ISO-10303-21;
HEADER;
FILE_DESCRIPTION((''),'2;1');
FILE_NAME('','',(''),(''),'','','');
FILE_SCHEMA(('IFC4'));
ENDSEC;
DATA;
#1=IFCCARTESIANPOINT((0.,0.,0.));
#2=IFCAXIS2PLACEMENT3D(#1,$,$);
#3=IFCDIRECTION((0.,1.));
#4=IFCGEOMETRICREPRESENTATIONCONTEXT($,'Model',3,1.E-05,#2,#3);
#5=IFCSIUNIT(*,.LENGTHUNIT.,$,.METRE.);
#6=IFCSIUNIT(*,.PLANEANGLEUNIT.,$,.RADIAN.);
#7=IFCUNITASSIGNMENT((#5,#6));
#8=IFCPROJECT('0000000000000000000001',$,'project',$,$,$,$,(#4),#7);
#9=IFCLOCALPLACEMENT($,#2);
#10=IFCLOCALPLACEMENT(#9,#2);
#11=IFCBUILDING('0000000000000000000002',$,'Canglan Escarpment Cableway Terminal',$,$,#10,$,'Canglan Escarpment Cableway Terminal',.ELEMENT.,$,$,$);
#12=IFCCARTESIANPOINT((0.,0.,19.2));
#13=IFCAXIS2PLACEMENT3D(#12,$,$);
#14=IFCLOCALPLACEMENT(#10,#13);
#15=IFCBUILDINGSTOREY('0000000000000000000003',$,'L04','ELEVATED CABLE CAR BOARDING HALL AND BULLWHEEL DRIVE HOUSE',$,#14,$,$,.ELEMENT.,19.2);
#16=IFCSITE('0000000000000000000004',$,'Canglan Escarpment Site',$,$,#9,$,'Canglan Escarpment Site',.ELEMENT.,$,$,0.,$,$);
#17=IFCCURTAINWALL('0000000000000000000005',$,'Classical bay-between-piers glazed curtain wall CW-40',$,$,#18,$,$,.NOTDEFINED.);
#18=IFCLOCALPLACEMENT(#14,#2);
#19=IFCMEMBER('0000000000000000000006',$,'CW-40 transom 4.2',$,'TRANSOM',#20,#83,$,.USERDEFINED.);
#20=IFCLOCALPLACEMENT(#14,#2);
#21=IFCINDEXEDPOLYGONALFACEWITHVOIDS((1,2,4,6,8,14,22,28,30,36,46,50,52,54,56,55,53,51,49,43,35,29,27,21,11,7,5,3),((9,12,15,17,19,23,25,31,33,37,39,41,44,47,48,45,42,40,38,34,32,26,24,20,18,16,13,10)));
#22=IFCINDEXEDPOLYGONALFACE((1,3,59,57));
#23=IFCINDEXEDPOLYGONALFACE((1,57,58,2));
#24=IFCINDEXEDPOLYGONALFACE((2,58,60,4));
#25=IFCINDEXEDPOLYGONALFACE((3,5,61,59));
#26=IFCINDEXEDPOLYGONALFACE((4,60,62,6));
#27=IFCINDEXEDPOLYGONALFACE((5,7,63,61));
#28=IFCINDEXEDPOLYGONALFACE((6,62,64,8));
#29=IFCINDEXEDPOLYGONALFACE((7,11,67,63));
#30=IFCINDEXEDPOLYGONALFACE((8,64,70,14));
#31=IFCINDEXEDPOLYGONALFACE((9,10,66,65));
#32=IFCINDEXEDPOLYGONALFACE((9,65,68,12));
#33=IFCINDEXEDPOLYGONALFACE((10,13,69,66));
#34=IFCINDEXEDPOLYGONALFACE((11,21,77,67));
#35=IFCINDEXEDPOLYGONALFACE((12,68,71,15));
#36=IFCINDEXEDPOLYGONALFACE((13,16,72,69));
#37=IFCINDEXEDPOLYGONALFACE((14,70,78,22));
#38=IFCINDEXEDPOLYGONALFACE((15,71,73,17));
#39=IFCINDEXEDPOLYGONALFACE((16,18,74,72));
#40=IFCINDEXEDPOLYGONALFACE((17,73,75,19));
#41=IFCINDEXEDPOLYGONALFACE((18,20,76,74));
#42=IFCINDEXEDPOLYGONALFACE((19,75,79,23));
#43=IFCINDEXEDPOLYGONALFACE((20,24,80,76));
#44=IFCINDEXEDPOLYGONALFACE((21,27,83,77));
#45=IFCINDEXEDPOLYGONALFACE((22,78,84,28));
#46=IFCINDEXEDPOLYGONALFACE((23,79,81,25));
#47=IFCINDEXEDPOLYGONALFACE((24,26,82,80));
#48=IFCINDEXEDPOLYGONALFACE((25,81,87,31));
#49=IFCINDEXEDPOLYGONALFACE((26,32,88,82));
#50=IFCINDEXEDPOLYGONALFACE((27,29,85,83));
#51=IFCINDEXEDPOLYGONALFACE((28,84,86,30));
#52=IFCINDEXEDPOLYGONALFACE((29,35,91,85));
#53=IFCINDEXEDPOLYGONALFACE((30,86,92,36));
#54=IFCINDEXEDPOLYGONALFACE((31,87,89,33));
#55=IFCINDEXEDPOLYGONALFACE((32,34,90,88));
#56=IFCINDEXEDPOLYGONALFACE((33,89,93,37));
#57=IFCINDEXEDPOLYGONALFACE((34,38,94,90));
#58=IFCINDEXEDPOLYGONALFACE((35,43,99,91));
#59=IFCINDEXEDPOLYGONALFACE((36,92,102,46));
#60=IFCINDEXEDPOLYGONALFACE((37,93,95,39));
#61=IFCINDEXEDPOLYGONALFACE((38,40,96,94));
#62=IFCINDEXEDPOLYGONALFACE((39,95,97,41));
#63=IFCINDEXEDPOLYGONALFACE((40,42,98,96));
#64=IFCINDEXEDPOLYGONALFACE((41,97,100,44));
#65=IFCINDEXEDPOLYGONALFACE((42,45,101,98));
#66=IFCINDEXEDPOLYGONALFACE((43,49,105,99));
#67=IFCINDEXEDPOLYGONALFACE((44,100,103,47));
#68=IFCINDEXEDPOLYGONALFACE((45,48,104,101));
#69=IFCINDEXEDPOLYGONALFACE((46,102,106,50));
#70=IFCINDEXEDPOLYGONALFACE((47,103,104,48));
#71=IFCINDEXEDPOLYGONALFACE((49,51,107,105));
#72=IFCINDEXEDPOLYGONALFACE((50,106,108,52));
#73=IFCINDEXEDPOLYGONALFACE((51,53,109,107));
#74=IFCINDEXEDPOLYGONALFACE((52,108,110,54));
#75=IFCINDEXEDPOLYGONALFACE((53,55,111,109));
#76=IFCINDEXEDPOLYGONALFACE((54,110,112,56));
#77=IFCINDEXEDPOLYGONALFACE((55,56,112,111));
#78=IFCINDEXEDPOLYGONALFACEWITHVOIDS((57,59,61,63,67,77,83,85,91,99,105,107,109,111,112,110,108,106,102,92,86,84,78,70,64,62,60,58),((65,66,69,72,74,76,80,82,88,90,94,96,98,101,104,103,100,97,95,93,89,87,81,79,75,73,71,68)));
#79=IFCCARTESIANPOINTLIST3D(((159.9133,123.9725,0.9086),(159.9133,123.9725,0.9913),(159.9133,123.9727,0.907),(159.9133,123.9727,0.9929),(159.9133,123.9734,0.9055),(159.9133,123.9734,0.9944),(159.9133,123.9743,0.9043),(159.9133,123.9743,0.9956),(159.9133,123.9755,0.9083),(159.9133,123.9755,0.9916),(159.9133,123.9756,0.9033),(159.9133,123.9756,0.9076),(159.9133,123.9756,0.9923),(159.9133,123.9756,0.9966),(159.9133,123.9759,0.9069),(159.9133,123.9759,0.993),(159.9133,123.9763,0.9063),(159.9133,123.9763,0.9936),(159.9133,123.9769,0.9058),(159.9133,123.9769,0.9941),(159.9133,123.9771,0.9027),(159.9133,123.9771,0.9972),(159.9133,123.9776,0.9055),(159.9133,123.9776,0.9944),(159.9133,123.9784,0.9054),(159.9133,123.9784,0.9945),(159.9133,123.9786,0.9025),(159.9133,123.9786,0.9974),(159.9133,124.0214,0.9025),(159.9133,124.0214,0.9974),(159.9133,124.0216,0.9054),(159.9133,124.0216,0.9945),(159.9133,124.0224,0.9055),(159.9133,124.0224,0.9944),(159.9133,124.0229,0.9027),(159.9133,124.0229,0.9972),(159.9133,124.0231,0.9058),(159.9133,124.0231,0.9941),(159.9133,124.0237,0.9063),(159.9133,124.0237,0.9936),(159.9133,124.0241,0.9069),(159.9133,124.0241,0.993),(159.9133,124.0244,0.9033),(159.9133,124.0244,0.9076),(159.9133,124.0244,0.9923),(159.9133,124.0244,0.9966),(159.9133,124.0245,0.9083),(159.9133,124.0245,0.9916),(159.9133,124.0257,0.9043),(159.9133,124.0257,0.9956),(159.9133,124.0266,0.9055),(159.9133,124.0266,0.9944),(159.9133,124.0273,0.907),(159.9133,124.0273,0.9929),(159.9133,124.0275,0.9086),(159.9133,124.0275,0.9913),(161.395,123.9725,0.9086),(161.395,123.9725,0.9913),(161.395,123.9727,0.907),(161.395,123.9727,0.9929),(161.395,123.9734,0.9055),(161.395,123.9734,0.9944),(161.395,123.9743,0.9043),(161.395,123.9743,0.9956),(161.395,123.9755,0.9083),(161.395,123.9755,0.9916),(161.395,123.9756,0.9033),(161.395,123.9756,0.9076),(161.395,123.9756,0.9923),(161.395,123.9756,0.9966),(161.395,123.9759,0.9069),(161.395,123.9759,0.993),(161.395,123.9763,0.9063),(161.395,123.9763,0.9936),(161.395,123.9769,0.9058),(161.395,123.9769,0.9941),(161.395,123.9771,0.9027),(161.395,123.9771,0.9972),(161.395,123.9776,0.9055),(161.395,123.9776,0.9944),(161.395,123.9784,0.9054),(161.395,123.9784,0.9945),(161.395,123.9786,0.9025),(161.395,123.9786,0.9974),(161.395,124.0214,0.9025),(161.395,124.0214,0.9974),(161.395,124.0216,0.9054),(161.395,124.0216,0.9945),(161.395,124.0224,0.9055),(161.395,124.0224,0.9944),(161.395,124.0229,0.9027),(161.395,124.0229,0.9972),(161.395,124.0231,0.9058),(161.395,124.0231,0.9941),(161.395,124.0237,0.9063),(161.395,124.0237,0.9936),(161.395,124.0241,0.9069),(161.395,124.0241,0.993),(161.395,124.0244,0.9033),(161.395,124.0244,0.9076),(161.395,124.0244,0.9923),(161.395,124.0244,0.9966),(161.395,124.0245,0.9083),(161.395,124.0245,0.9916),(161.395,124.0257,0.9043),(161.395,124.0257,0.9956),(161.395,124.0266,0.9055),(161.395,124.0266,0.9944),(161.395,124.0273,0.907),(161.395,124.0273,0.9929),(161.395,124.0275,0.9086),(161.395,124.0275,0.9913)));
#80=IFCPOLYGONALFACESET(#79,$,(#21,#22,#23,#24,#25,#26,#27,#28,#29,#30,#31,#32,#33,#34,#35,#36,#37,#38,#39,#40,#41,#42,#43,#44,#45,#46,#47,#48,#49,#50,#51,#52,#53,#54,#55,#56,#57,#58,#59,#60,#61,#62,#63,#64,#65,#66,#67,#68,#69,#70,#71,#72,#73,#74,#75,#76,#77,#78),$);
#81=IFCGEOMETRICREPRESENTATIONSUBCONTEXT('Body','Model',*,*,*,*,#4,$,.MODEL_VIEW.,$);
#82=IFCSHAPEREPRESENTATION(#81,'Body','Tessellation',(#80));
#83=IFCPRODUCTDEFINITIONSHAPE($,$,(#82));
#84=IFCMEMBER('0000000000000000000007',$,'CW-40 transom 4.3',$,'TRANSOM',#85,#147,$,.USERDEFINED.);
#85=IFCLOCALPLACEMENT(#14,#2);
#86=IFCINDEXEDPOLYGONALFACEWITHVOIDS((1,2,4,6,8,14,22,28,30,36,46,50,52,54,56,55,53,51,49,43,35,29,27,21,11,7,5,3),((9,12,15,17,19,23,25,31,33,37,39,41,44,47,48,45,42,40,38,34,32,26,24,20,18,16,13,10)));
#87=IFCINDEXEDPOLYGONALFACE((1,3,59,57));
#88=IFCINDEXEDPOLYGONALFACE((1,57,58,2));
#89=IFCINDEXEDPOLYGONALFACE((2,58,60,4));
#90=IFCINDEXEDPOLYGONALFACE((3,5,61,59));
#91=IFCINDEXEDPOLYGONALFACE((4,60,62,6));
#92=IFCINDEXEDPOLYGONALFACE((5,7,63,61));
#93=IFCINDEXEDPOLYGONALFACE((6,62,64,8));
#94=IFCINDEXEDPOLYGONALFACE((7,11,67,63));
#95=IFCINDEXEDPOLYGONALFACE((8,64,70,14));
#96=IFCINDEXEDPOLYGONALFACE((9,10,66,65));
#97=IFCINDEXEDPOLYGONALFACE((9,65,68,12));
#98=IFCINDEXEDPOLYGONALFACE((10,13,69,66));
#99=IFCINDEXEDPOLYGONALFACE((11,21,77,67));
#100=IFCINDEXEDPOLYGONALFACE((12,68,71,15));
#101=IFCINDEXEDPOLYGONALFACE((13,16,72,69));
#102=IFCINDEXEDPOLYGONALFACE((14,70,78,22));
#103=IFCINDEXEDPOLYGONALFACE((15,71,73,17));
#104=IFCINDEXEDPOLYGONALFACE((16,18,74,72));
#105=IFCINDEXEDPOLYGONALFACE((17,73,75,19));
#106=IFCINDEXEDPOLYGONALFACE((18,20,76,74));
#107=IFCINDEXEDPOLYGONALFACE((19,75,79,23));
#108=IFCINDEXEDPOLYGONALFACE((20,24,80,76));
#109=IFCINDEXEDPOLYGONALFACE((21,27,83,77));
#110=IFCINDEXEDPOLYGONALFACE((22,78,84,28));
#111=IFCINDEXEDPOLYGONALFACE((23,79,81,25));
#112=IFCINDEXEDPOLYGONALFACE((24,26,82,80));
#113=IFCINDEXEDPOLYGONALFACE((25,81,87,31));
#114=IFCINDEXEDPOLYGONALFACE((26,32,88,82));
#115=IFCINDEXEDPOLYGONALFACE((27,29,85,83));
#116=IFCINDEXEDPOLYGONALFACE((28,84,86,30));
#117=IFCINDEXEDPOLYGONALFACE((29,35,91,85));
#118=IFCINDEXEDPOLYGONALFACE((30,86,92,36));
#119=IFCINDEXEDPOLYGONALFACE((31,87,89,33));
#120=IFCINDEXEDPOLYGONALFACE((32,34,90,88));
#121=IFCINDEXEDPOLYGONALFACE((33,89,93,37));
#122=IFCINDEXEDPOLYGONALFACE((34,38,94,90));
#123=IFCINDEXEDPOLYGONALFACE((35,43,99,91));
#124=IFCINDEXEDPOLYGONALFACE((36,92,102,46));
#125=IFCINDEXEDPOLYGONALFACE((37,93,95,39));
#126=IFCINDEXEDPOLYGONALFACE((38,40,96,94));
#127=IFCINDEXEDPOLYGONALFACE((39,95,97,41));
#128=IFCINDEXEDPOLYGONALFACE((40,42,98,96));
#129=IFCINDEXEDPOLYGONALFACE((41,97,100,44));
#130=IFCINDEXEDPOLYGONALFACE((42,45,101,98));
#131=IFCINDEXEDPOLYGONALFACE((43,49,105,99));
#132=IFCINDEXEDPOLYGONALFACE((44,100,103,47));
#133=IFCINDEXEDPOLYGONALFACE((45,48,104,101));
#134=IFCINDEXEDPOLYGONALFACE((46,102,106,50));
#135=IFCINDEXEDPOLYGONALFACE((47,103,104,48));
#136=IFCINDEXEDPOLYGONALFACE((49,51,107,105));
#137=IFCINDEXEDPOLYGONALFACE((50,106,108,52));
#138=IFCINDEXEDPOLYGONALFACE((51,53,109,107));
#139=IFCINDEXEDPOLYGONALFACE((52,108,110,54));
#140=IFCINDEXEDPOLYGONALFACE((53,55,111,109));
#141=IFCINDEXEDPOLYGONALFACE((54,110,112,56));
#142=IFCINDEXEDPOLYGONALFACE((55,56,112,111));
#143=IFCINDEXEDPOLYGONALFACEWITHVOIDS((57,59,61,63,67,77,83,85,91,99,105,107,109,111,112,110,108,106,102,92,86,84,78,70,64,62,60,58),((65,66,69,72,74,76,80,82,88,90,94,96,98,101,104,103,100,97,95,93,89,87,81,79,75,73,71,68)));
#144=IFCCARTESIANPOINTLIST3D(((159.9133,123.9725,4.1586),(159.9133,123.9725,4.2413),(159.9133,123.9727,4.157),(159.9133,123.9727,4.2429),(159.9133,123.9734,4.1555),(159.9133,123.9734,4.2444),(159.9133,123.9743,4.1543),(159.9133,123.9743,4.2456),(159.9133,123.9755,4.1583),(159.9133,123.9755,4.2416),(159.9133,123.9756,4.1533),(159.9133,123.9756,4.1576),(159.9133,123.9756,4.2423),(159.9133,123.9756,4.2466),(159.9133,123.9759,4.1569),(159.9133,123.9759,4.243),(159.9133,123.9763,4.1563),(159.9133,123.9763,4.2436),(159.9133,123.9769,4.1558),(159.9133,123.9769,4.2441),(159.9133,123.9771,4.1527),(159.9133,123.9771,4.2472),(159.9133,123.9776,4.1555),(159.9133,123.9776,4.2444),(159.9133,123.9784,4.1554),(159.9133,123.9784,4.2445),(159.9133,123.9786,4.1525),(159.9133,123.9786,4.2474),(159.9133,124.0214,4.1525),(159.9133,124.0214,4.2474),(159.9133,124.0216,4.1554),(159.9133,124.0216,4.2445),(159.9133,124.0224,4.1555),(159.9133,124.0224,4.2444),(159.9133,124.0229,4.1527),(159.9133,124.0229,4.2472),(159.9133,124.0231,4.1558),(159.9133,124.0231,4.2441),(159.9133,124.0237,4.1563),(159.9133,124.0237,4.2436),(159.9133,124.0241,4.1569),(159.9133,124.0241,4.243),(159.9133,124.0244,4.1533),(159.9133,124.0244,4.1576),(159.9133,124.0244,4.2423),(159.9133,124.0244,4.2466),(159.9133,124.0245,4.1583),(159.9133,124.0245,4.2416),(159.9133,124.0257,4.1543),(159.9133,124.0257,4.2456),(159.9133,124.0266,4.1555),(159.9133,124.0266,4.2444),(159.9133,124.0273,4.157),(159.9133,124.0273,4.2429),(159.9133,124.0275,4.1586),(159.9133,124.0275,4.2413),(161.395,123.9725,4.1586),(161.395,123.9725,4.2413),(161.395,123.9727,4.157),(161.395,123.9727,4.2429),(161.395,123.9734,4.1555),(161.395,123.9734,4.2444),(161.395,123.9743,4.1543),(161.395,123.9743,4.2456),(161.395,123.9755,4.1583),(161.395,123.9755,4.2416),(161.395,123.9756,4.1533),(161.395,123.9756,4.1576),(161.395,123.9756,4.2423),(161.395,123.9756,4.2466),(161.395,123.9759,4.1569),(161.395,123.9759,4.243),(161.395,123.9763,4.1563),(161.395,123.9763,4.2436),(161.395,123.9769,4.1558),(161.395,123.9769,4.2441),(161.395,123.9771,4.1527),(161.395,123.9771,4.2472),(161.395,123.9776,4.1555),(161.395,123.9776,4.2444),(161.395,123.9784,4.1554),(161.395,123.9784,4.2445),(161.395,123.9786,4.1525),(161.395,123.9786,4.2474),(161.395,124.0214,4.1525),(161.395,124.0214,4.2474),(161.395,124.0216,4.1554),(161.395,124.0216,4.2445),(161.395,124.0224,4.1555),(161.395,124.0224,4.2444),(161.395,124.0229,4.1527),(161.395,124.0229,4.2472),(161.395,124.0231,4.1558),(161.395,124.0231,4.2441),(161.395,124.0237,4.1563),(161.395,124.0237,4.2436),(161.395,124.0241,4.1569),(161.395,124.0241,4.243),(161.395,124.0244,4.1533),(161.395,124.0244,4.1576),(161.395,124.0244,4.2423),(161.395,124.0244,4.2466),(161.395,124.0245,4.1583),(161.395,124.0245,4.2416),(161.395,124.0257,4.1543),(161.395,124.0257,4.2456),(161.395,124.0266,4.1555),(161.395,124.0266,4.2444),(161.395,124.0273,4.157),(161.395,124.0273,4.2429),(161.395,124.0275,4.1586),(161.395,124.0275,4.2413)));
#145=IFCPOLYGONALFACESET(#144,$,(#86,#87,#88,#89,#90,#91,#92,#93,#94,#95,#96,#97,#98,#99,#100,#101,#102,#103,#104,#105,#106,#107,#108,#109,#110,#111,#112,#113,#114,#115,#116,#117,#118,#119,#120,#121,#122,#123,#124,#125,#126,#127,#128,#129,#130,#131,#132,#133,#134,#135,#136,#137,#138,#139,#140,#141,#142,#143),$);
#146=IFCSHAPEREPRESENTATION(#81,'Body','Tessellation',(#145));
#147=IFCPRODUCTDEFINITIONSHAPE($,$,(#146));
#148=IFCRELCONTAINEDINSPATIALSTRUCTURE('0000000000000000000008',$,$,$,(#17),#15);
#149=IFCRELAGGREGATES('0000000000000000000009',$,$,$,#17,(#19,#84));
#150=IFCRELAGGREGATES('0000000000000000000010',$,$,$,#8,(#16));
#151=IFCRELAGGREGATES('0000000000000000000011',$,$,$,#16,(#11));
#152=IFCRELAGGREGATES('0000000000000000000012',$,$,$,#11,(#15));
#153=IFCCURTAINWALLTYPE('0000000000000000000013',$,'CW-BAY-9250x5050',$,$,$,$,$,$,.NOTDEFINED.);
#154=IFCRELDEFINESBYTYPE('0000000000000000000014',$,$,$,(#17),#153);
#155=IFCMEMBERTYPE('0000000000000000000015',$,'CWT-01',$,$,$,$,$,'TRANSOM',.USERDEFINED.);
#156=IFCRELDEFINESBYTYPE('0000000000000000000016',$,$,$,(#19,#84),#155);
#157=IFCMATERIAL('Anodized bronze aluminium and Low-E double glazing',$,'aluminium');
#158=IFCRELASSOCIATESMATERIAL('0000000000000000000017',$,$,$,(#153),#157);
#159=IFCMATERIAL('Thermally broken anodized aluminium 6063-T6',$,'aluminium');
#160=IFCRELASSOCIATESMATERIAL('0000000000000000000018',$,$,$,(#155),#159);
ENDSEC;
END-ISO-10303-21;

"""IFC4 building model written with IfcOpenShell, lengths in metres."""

from ifc_helpers import new_model, si_unit, direction, frame, origin, origin_2d, place, context, subcontext, project, spatial, hollow_rectangle, extrude, material, material_profile, profile_set, type_object, element, aggregate, save


model = new_model("IFC4")

# Units and contexts
model_context = context("Model", 3, precision=1e-05, world=origin(), true_north=direction((0.0, 1.0)))
body_context = subcontext(model_context, "Body", "Model", "MODEL_VIEW")
ifc_project = project(units=[si_unit("LENGTHUNIT", "METRE"), si_unit("PLANEANGLEUNIT", "RADIAN")], contexts=[model_context])

# Site, building, storey
site_placement = place(None, origin())
site = spatial("IfcSite", under=ifc_project, at=site_placement, Name="Canglan Escarpment Site", LongName="Canglan Escarpment Site", CompositionType="ELEMENT", RefElevation=0.0)
building_placement = place(site_placement, origin())
building = spatial("IfcBuilding", under=site, at=building_placement, Name="Canglan Escarpment Cableway Terminal", LongName="Canglan Escarpment Cableway Terminal", CompositionType="ELEMENT")
storey_placement = place(building_placement, frame((0.0, 0.0, 19.2)))
storey = spatial("IfcBuildingStorey", under=building, at=storey_placement, Name="L04", Description="ELEVATED CABLE CAR BOARDING HALL AND BULLWHEEL DRIVE HOUSE", CompositionType="ELEMENT", Elevation=19.2)

# Curtain wall
ifc_material_1 = material(Name="Anodized bronze aluminium and Low-E double glazing", Category="aluminium")
curtain_wall_type = type_object("IfcCurtainWallType", Name="CW-BAY-9250x5050", PredefinedType="NOTDEFINED", material=ifc_material_1)
curtain_wall_1_placement = place(storey_placement, origin())
curtain_wall_1 = element("IfcCurtainWall", 1, at=curtain_wall_1_placement, inside=storey, type_object=curtain_wall_type, Name="Classical bay-between-piers glazed curtain wall CW-40", PredefinedType="NOTDEFINED")
ifc_material_2 = material(Name="Thermally broken anodized aluminium 6063-T6", Category="aluminium")

# Members
ifc_material_profile_1 = material_profile(ifc_material_2, hollow_rectangle(XDim=0.0549, YDim=0.095, WallThickness=0.0029, InnerFilletRadius=0.0029, OuterFilletRadius=0.0061, at=origin_2d()), Name="ALU-TRAN 55x95x3")
ifc_profile_set_1 = profile_set([ifc_material_profile_1], Name="Thermally broken anodized aluminium 6063-T6")
member_type_1 = type_object("IfcMemberType", Name="CWT-01", ElementType="TRANSOM", PredefinedType="USERDEFINED", material=ifc_profile_set_1)
member_1_placement = place(storey_placement, frame((161.395, 124.0, 0.95), z_axis=(-1.0, 0.0, 0.0), x_axis=(0.0, -1.0, 0.0)))
member_1 = element("IfcMember", 2, at=member_1_placement, type_object=member_type_1, Name="CW-40 transom 4.2", ObjectType="TRANSOM", PredefinedType="USERDEFINED", context=body_context, shape_type="SweptSolid", body=[
    extrude(hollow_rectangle(XDim=0.0549, YDim=0.095, WallThickness=0.0029, InnerFilletRadius=0.0029, OuterFilletRadius=0.0061, at=origin_2d()), origin(), (0.0, 0.0, 1.0), 1.4817),
])
member_2_placement = place(storey_placement, frame((161.395, 124.0, 4.2), z_axis=(-1.0, 0.0, 0.0), x_axis=(0.0, -1.0, 0.0)))
member_2 = element("IfcMember", 3, at=member_2_placement, type_object=member_type_1, Name="CW-40 transom 4.3", ObjectType="TRANSOM", PredefinedType="USERDEFINED", context=body_context, shape_type="SweptSolid", body=[
    extrude(hollow_rectangle(XDim=0.0549, YDim=0.095, WallThickness=0.0029, InnerFilletRadius=0.0029, OuterFilletRadius=0.0061, at=origin_2d()), origin(), (0.0, 0.0, 1.0), 1.4817),
])

aggregate(curtain_wall_1, [member_1, member_2])

save(model, "model.ifc")
